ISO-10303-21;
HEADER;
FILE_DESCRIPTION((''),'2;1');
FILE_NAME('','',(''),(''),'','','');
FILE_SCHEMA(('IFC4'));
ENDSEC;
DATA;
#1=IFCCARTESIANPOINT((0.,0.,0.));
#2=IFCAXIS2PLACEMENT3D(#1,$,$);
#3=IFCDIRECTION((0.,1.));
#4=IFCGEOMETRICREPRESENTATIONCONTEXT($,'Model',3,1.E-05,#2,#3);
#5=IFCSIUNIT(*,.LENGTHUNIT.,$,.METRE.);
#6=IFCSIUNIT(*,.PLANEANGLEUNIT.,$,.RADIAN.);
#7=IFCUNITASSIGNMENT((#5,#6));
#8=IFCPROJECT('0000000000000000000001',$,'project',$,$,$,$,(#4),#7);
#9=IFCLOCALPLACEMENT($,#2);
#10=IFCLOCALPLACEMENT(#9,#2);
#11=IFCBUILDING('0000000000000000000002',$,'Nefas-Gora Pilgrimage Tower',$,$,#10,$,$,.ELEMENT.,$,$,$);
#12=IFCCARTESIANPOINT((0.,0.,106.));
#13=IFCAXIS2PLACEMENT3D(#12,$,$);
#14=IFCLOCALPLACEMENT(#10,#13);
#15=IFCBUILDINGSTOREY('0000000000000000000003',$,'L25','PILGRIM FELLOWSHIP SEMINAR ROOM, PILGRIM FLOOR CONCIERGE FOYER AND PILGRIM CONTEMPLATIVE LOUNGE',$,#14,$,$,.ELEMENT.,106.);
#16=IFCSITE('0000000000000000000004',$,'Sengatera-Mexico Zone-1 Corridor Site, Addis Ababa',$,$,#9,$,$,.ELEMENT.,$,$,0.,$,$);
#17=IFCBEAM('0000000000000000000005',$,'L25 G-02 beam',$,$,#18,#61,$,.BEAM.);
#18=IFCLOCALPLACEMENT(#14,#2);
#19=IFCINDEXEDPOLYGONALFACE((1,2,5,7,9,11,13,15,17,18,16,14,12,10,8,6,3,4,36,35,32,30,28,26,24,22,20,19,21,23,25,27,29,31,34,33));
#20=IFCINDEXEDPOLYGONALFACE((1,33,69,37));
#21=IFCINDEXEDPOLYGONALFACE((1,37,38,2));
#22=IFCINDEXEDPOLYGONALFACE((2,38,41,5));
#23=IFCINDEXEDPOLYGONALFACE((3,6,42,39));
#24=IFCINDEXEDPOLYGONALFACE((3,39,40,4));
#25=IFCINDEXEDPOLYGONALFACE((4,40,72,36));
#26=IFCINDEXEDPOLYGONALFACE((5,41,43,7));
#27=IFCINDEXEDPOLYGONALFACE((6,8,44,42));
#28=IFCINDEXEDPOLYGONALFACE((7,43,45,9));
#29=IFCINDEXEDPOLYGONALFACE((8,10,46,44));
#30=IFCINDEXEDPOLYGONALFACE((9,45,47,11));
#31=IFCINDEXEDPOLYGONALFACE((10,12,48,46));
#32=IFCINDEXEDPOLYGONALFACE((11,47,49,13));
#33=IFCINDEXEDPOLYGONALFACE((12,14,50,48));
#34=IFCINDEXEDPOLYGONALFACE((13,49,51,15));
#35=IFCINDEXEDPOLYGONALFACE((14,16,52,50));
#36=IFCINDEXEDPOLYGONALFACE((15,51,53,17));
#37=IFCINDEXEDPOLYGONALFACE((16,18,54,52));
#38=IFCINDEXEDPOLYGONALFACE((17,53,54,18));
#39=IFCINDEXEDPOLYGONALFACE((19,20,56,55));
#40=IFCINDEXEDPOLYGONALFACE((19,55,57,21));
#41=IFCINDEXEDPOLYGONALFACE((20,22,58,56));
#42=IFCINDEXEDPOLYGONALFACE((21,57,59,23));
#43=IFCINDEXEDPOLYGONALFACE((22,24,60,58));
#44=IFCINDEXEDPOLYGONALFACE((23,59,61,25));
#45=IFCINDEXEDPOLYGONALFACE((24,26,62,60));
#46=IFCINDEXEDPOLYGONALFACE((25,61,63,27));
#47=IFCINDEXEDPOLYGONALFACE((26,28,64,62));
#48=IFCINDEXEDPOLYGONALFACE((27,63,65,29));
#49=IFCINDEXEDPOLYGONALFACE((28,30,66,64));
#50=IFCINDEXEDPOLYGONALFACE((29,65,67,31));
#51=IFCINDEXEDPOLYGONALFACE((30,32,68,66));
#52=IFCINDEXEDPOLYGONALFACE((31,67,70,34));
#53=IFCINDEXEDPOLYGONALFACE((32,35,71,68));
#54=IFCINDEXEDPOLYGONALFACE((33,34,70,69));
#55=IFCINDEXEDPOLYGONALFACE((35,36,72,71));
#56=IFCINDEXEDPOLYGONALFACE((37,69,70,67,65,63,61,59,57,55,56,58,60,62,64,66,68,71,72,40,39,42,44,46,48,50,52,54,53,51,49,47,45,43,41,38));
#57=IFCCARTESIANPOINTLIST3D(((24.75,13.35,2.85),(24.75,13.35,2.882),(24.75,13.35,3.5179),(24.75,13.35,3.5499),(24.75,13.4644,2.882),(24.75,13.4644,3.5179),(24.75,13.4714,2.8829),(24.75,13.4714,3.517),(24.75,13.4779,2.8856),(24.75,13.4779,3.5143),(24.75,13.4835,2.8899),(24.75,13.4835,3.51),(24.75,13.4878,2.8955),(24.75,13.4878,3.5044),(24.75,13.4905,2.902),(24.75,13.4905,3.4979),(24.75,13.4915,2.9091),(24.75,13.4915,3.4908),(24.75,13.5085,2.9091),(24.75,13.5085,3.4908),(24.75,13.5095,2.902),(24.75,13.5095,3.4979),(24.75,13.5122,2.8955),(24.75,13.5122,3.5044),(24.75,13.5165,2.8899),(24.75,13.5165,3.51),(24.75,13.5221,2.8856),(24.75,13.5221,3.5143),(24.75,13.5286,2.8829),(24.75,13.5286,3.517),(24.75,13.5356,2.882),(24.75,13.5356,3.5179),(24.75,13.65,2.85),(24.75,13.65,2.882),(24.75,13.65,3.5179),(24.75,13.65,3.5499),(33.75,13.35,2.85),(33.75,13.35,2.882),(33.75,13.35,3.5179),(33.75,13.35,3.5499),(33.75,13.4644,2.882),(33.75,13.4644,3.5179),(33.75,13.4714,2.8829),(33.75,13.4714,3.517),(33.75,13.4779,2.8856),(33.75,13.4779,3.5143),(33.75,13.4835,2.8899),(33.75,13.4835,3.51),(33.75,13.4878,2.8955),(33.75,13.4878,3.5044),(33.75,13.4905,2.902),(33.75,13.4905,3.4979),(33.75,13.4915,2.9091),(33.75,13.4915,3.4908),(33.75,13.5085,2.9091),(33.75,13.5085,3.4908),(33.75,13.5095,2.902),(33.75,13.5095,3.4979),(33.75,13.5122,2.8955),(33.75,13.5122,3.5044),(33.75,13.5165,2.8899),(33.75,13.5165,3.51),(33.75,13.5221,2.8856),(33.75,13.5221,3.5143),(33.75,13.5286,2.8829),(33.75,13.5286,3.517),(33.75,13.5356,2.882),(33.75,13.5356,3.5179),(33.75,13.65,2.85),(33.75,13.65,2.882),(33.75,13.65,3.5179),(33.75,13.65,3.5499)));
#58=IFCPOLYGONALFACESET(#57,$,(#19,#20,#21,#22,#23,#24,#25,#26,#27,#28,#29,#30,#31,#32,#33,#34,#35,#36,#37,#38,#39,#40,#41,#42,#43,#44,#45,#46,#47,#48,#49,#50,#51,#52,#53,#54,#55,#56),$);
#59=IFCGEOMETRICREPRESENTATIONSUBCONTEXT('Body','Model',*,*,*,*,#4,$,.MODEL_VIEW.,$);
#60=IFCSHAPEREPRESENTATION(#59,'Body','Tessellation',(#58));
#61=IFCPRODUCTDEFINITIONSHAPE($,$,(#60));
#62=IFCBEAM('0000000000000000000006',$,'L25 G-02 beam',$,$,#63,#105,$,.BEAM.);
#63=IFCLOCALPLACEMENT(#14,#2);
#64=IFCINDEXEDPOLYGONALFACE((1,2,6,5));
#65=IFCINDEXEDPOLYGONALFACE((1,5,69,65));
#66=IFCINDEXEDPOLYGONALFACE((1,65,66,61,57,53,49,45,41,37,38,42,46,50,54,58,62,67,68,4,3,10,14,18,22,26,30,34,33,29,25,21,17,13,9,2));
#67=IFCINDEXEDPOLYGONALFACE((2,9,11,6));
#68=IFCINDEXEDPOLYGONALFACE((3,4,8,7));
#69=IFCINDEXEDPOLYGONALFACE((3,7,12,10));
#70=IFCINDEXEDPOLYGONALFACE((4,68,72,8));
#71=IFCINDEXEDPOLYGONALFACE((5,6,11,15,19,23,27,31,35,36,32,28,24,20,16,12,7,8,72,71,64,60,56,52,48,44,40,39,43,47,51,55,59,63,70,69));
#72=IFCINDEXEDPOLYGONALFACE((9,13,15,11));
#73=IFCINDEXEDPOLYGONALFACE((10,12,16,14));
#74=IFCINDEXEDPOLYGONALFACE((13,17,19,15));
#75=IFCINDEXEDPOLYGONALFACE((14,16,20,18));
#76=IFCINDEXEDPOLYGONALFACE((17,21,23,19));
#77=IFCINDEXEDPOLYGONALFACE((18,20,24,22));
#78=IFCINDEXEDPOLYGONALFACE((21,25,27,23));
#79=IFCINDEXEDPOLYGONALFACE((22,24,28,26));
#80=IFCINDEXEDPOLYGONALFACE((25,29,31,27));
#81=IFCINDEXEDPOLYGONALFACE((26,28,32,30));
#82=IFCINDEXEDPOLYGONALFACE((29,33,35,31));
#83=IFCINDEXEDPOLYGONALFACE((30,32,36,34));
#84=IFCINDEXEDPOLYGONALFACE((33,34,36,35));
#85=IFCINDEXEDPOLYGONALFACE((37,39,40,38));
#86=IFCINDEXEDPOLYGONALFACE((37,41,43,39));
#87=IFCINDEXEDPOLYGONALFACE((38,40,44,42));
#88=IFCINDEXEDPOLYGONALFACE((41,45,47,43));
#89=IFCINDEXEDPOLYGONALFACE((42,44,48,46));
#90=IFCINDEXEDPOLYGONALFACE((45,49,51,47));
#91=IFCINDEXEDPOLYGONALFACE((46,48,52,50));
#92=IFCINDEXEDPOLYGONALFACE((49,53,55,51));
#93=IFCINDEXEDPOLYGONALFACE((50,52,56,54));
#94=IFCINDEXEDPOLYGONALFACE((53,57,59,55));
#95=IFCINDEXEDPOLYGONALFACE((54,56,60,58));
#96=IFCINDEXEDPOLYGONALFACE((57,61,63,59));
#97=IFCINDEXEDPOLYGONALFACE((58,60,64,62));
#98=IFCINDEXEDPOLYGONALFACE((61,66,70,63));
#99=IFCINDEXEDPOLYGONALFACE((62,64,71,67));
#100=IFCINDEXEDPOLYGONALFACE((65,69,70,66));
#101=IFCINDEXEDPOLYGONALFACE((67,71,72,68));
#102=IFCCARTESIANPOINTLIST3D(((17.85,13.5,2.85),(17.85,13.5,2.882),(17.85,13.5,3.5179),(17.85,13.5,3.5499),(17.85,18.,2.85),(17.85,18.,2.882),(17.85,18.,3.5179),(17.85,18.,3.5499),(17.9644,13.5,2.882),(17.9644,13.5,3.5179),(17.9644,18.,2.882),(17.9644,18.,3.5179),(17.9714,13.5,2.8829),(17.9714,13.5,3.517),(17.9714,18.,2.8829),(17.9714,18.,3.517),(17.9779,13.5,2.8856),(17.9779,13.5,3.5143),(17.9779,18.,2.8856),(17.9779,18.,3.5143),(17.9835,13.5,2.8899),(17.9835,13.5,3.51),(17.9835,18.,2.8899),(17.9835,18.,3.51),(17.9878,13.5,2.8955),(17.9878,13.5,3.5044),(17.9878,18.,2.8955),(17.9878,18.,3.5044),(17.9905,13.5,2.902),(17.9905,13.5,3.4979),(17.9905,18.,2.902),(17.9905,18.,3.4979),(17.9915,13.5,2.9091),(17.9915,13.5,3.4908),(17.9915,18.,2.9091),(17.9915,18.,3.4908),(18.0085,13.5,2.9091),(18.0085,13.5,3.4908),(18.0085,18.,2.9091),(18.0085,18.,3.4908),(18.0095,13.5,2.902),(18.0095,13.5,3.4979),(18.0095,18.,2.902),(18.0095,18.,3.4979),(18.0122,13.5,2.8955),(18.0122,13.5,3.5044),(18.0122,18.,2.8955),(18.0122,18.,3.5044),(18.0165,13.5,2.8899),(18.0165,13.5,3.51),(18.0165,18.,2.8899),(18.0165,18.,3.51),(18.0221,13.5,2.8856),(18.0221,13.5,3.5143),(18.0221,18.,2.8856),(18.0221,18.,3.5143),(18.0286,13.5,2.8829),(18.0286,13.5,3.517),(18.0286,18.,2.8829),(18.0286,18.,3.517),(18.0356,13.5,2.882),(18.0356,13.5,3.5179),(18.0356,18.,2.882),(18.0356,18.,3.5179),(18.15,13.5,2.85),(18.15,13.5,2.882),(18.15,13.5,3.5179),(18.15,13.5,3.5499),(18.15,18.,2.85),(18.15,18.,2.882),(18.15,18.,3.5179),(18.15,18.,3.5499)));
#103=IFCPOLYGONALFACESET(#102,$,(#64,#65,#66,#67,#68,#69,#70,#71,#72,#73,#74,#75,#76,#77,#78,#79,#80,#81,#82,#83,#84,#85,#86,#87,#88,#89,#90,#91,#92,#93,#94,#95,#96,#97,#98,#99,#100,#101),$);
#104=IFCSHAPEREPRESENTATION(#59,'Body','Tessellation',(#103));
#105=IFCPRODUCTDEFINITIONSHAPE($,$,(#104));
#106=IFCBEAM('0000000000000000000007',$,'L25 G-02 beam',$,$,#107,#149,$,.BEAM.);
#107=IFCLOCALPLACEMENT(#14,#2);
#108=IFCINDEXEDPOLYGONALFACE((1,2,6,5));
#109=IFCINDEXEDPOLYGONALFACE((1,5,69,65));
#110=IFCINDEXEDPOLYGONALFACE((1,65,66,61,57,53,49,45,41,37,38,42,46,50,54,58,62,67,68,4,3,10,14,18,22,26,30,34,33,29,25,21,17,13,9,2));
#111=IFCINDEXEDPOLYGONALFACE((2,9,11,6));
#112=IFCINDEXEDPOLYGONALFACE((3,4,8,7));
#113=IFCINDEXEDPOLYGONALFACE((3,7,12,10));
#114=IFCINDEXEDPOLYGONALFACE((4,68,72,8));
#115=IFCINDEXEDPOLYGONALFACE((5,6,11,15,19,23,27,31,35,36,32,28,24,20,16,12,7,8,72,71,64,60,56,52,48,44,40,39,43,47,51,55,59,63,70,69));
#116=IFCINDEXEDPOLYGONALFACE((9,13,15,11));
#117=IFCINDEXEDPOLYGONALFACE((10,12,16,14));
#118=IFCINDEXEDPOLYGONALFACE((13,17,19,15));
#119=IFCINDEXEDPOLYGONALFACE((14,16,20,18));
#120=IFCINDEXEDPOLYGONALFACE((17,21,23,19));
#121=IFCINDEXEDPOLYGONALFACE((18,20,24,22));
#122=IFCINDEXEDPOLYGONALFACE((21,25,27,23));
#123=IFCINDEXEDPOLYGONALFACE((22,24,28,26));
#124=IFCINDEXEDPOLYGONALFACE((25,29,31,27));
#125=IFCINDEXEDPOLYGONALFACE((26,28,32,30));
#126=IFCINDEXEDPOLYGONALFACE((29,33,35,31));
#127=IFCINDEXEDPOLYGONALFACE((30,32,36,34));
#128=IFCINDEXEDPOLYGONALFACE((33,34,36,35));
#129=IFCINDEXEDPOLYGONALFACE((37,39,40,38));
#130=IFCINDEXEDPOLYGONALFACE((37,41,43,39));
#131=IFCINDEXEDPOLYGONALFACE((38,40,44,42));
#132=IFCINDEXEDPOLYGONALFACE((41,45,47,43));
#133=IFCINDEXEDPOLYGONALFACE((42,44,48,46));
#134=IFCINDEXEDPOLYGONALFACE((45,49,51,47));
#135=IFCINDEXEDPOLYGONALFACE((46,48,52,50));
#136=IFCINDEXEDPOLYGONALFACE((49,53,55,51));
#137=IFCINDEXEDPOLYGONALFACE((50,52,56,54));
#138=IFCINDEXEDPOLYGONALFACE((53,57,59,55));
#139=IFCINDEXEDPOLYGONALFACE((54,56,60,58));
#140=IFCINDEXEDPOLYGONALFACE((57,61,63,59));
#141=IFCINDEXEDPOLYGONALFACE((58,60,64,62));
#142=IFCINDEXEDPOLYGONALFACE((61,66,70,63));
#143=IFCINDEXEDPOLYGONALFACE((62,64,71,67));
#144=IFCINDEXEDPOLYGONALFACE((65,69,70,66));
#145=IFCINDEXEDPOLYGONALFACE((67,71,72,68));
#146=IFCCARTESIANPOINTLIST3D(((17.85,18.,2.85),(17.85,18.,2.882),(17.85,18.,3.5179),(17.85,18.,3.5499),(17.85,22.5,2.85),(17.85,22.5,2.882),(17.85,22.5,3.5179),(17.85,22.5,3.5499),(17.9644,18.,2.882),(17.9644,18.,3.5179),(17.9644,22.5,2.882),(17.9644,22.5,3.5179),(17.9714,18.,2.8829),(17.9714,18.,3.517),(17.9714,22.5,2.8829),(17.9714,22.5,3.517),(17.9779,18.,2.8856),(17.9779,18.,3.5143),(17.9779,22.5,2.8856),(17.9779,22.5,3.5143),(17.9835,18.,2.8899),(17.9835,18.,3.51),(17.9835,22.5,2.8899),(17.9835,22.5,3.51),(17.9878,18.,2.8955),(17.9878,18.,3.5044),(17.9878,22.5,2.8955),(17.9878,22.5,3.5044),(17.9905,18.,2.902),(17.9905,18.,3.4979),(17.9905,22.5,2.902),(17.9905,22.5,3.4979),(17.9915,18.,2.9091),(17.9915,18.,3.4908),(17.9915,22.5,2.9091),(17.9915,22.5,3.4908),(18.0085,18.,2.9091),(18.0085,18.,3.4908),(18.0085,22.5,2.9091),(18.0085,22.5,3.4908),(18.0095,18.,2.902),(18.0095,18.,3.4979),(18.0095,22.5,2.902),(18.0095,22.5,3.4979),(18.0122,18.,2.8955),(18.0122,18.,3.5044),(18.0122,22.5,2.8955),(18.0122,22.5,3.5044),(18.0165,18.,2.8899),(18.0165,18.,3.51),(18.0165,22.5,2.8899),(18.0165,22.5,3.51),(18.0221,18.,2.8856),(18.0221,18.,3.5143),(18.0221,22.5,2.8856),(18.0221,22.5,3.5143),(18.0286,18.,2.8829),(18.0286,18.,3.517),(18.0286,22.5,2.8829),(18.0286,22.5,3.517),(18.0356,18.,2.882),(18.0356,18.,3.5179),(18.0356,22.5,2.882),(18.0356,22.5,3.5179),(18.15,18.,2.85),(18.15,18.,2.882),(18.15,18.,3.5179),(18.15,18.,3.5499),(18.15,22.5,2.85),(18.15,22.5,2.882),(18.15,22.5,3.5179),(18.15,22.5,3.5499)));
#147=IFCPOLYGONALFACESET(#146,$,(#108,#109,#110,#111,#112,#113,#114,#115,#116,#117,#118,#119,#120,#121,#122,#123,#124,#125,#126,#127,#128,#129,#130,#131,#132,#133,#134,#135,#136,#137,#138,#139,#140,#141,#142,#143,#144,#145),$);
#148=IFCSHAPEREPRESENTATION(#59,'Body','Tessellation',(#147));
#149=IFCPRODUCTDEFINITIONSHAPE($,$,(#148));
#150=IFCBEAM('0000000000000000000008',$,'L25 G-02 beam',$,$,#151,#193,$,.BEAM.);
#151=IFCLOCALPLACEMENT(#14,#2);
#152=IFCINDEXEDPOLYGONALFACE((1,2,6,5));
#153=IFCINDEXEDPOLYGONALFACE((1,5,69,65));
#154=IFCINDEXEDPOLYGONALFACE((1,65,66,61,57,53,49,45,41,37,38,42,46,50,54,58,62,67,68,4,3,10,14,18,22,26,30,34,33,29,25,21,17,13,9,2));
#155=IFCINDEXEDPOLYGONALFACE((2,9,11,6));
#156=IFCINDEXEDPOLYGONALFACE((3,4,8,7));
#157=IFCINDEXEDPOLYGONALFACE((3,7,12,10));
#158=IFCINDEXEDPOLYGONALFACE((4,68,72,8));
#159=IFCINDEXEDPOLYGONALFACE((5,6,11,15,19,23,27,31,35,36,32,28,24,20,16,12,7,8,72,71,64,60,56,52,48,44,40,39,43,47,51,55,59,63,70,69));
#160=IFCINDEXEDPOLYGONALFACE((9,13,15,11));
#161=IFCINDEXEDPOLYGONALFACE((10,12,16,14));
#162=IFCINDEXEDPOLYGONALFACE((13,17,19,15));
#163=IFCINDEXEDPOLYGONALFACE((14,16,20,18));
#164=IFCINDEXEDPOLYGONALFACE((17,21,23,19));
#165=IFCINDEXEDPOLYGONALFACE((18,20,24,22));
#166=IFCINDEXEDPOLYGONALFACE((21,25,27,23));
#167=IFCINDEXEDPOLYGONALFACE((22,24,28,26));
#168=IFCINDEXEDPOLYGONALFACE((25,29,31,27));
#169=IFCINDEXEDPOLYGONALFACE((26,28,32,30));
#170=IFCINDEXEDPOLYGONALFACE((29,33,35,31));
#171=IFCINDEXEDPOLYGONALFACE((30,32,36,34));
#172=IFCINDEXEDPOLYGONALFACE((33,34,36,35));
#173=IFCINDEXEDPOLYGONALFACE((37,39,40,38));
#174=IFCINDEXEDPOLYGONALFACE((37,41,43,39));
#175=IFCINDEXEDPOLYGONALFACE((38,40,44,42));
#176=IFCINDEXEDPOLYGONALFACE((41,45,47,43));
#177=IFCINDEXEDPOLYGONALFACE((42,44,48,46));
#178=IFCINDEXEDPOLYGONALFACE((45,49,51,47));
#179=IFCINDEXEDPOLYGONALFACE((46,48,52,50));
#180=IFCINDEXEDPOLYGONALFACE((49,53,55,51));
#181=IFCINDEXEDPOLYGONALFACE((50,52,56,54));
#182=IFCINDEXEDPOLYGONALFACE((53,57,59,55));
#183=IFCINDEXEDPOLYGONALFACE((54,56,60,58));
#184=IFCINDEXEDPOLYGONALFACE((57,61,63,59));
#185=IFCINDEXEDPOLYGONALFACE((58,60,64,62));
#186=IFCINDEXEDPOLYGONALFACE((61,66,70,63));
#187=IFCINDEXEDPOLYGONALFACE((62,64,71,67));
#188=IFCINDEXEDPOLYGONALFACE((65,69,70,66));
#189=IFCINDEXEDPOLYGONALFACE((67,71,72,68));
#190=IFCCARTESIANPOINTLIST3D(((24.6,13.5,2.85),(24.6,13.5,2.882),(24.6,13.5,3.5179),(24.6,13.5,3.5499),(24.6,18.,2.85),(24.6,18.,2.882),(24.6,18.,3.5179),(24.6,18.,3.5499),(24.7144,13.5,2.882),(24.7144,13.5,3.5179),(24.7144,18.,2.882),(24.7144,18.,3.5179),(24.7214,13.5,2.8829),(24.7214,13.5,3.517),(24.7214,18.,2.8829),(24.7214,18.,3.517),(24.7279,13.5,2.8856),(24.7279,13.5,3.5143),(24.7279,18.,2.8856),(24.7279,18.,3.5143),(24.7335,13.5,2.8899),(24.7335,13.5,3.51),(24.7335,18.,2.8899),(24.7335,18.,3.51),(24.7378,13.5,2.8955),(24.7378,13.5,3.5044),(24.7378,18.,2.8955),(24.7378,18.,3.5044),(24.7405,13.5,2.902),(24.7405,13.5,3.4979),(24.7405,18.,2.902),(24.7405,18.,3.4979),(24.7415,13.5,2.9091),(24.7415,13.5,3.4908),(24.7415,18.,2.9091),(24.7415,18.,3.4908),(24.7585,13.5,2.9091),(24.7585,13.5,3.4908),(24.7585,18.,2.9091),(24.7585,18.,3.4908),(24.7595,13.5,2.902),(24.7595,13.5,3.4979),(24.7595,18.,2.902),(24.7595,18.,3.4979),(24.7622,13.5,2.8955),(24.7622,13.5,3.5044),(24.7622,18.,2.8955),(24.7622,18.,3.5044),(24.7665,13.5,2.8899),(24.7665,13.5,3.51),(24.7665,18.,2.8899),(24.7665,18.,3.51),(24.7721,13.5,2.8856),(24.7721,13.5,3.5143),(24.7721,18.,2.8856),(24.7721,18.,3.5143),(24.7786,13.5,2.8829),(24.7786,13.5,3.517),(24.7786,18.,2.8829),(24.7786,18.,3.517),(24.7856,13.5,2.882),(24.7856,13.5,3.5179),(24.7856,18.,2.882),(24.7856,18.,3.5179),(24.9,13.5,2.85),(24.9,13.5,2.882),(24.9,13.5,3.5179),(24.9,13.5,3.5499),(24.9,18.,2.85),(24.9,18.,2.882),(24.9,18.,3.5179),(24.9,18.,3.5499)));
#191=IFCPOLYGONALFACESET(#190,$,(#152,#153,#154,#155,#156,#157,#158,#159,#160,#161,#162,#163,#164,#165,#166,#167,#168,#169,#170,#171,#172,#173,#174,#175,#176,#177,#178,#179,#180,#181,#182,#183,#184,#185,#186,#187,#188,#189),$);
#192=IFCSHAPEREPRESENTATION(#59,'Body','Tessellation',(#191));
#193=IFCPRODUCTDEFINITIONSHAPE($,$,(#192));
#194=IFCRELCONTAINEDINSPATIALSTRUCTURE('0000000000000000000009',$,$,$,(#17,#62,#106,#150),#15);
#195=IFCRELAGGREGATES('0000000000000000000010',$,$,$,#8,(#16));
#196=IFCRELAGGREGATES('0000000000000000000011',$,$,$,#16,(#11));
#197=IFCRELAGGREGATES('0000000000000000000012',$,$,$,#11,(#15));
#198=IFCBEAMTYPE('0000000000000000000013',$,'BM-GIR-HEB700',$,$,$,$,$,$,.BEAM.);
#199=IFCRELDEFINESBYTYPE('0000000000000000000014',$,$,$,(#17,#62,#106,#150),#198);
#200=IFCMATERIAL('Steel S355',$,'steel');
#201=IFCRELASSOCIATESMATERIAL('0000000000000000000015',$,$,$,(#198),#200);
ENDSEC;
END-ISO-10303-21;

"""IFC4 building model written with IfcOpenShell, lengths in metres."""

from ifc_helpers import new_model, si_unit, direction, frame, origin, origin_2d, place, context, subcontext, project, spatial, i_section, extrude, source, transform, mapped, material, material_profile, profile_set, type_object, element, save


model = new_model("IFC4")

# Units and contexts
model_context = context("Model", 3, precision=1e-05, world=origin(), true_north=direction((0.0, 1.0)))
body_context = subcontext(model_context, "Body", "Model", "MODEL_VIEW")
ifc_project = project(units=[si_unit("LENGTHUNIT", "METRE"), si_unit("PLANEANGLEUNIT", "RADIAN")], contexts=[model_context])

# Site, building, storey
site_placement = place(None, origin())
site = spatial("IfcSite", under=ifc_project, at=site_placement, Name="Sengatera-Mexico Zone-1 Corridor Site, Addis Ababa", CompositionType="ELEMENT", RefElevation=0.0)
building_placement = place(site_placement, origin())
building = spatial("IfcBuilding", under=site, at=building_placement, Name="Nefas-Gora Pilgrimage Tower", CompositionType="ELEMENT")
storey_placement = place(building_placement, frame((0.0, 0.0, 106.0)))
storey = spatial("IfcBuildingStorey", under=building, at=storey_placement, Name="L25", Description="PILGRIM FELLOWSHIP SEMINAR ROOM, PILGRIM FLOOR CONCIERGE FOYER AND PILGRIM CONTEMPLATIVE LOUNGE", CompositionType="ELEMENT", Elevation=106.0)

# Beams
ifc_material_1 = material(Name="Steel S355", Category="steel")
ifc_material_profile_1 = material_profile(ifc_material_1, i_section(OverallWidth=0.3, OverallDepth=0.7, WebThickness=0.0171, FlangeThickness=0.032, FilletRadius=0.0271, at=origin_2d()), Name="HEB 700")
ifc_profile_set_1 = profile_set([ifc_material_profile_1], Name="Steel S355")
beam_type_1 = type_object("IfcBeamType", Name="BM-GIR-HEB700", PredefinedType="BEAM", material=ifc_profile_set_1)
shared_shape_1 = source(origin(), body_context, "Body", "SweptSolid", [
    extrude(i_section(OverallWidth=0.3, OverallDepth=0.7, WebThickness=0.0171, FlangeThickness=0.032, FilletRadius=0.0271, at=origin_2d()), origin(), (0.0, 0.0, 1.0), 9.0),
])
beam_1_placement = place(storey_placement, frame((24.75, 13.5, 3.2), z_axis=(1.0, 0.0, 0.0), x_axis=(0.0, 1.0, 0.0)))
element("IfcBeam", 1, at=beam_1_placement, inside=storey, type_object=beam_type_1, Name="L25 G-02 beam", PredefinedType="BEAM", context=body_context, shape_type="MappedRepresentation", body=[
    mapped(shared_shape_1, transform((0.0, 0.0, 0.0), x_axis=(1.0, 0.0, 0.0), y_axis=(0.0, 1.0, 0.0), z_axis=(0.0, 0.0, 1.0), scale=1.0)),
])
shared_shape_2 = source(origin(), body_context, "Body", "SweptSolid", [
    extrude(i_section(OverallWidth=0.3, OverallDepth=0.7, WebThickness=0.0171, FlangeThickness=0.032, FilletRadius=0.0271, at=origin_2d()), origin(), (0.0, 0.0, 1.0), 4.5),
])
for number, where, z_axis, x_axis, name in (
    (2, (18.0, 13.5, 3.2), (0.0, 1.0, 0.0), (-1.0, 0.0, 0.0), "L25 G-02 beam"),
    (3, (18.0, 18.0, 3.2), (0.0, 1.0, 0.0), (-1.0, 0.0, 0.0), "L25 G-02 beam"),
    (4, (24.75, 13.5, 3.2), (0.0, 1.0, 0.0), (-1.0, 0.0, 0.0), "L25 G-02 beam"),
):
    element("IfcBeam", number, at=place(storey_placement, frame(where, z_axis=z_axis, x_axis=x_axis)), inside=storey, type_object=beam_type_1, Name=name, PredefinedType="BEAM", context=body_context, shape_type="MappedRepresentation", body=[
        mapped(shared_shape_2, transform((0.0, 0.0, 0.0), x_axis=(1.0, 0.0, 0.0), y_axis=(0.0, 1.0, 0.0), z_axis=(0.0, 0.0, 1.0), scale=1.0)),
    ])

save(model, "model.ifc")
